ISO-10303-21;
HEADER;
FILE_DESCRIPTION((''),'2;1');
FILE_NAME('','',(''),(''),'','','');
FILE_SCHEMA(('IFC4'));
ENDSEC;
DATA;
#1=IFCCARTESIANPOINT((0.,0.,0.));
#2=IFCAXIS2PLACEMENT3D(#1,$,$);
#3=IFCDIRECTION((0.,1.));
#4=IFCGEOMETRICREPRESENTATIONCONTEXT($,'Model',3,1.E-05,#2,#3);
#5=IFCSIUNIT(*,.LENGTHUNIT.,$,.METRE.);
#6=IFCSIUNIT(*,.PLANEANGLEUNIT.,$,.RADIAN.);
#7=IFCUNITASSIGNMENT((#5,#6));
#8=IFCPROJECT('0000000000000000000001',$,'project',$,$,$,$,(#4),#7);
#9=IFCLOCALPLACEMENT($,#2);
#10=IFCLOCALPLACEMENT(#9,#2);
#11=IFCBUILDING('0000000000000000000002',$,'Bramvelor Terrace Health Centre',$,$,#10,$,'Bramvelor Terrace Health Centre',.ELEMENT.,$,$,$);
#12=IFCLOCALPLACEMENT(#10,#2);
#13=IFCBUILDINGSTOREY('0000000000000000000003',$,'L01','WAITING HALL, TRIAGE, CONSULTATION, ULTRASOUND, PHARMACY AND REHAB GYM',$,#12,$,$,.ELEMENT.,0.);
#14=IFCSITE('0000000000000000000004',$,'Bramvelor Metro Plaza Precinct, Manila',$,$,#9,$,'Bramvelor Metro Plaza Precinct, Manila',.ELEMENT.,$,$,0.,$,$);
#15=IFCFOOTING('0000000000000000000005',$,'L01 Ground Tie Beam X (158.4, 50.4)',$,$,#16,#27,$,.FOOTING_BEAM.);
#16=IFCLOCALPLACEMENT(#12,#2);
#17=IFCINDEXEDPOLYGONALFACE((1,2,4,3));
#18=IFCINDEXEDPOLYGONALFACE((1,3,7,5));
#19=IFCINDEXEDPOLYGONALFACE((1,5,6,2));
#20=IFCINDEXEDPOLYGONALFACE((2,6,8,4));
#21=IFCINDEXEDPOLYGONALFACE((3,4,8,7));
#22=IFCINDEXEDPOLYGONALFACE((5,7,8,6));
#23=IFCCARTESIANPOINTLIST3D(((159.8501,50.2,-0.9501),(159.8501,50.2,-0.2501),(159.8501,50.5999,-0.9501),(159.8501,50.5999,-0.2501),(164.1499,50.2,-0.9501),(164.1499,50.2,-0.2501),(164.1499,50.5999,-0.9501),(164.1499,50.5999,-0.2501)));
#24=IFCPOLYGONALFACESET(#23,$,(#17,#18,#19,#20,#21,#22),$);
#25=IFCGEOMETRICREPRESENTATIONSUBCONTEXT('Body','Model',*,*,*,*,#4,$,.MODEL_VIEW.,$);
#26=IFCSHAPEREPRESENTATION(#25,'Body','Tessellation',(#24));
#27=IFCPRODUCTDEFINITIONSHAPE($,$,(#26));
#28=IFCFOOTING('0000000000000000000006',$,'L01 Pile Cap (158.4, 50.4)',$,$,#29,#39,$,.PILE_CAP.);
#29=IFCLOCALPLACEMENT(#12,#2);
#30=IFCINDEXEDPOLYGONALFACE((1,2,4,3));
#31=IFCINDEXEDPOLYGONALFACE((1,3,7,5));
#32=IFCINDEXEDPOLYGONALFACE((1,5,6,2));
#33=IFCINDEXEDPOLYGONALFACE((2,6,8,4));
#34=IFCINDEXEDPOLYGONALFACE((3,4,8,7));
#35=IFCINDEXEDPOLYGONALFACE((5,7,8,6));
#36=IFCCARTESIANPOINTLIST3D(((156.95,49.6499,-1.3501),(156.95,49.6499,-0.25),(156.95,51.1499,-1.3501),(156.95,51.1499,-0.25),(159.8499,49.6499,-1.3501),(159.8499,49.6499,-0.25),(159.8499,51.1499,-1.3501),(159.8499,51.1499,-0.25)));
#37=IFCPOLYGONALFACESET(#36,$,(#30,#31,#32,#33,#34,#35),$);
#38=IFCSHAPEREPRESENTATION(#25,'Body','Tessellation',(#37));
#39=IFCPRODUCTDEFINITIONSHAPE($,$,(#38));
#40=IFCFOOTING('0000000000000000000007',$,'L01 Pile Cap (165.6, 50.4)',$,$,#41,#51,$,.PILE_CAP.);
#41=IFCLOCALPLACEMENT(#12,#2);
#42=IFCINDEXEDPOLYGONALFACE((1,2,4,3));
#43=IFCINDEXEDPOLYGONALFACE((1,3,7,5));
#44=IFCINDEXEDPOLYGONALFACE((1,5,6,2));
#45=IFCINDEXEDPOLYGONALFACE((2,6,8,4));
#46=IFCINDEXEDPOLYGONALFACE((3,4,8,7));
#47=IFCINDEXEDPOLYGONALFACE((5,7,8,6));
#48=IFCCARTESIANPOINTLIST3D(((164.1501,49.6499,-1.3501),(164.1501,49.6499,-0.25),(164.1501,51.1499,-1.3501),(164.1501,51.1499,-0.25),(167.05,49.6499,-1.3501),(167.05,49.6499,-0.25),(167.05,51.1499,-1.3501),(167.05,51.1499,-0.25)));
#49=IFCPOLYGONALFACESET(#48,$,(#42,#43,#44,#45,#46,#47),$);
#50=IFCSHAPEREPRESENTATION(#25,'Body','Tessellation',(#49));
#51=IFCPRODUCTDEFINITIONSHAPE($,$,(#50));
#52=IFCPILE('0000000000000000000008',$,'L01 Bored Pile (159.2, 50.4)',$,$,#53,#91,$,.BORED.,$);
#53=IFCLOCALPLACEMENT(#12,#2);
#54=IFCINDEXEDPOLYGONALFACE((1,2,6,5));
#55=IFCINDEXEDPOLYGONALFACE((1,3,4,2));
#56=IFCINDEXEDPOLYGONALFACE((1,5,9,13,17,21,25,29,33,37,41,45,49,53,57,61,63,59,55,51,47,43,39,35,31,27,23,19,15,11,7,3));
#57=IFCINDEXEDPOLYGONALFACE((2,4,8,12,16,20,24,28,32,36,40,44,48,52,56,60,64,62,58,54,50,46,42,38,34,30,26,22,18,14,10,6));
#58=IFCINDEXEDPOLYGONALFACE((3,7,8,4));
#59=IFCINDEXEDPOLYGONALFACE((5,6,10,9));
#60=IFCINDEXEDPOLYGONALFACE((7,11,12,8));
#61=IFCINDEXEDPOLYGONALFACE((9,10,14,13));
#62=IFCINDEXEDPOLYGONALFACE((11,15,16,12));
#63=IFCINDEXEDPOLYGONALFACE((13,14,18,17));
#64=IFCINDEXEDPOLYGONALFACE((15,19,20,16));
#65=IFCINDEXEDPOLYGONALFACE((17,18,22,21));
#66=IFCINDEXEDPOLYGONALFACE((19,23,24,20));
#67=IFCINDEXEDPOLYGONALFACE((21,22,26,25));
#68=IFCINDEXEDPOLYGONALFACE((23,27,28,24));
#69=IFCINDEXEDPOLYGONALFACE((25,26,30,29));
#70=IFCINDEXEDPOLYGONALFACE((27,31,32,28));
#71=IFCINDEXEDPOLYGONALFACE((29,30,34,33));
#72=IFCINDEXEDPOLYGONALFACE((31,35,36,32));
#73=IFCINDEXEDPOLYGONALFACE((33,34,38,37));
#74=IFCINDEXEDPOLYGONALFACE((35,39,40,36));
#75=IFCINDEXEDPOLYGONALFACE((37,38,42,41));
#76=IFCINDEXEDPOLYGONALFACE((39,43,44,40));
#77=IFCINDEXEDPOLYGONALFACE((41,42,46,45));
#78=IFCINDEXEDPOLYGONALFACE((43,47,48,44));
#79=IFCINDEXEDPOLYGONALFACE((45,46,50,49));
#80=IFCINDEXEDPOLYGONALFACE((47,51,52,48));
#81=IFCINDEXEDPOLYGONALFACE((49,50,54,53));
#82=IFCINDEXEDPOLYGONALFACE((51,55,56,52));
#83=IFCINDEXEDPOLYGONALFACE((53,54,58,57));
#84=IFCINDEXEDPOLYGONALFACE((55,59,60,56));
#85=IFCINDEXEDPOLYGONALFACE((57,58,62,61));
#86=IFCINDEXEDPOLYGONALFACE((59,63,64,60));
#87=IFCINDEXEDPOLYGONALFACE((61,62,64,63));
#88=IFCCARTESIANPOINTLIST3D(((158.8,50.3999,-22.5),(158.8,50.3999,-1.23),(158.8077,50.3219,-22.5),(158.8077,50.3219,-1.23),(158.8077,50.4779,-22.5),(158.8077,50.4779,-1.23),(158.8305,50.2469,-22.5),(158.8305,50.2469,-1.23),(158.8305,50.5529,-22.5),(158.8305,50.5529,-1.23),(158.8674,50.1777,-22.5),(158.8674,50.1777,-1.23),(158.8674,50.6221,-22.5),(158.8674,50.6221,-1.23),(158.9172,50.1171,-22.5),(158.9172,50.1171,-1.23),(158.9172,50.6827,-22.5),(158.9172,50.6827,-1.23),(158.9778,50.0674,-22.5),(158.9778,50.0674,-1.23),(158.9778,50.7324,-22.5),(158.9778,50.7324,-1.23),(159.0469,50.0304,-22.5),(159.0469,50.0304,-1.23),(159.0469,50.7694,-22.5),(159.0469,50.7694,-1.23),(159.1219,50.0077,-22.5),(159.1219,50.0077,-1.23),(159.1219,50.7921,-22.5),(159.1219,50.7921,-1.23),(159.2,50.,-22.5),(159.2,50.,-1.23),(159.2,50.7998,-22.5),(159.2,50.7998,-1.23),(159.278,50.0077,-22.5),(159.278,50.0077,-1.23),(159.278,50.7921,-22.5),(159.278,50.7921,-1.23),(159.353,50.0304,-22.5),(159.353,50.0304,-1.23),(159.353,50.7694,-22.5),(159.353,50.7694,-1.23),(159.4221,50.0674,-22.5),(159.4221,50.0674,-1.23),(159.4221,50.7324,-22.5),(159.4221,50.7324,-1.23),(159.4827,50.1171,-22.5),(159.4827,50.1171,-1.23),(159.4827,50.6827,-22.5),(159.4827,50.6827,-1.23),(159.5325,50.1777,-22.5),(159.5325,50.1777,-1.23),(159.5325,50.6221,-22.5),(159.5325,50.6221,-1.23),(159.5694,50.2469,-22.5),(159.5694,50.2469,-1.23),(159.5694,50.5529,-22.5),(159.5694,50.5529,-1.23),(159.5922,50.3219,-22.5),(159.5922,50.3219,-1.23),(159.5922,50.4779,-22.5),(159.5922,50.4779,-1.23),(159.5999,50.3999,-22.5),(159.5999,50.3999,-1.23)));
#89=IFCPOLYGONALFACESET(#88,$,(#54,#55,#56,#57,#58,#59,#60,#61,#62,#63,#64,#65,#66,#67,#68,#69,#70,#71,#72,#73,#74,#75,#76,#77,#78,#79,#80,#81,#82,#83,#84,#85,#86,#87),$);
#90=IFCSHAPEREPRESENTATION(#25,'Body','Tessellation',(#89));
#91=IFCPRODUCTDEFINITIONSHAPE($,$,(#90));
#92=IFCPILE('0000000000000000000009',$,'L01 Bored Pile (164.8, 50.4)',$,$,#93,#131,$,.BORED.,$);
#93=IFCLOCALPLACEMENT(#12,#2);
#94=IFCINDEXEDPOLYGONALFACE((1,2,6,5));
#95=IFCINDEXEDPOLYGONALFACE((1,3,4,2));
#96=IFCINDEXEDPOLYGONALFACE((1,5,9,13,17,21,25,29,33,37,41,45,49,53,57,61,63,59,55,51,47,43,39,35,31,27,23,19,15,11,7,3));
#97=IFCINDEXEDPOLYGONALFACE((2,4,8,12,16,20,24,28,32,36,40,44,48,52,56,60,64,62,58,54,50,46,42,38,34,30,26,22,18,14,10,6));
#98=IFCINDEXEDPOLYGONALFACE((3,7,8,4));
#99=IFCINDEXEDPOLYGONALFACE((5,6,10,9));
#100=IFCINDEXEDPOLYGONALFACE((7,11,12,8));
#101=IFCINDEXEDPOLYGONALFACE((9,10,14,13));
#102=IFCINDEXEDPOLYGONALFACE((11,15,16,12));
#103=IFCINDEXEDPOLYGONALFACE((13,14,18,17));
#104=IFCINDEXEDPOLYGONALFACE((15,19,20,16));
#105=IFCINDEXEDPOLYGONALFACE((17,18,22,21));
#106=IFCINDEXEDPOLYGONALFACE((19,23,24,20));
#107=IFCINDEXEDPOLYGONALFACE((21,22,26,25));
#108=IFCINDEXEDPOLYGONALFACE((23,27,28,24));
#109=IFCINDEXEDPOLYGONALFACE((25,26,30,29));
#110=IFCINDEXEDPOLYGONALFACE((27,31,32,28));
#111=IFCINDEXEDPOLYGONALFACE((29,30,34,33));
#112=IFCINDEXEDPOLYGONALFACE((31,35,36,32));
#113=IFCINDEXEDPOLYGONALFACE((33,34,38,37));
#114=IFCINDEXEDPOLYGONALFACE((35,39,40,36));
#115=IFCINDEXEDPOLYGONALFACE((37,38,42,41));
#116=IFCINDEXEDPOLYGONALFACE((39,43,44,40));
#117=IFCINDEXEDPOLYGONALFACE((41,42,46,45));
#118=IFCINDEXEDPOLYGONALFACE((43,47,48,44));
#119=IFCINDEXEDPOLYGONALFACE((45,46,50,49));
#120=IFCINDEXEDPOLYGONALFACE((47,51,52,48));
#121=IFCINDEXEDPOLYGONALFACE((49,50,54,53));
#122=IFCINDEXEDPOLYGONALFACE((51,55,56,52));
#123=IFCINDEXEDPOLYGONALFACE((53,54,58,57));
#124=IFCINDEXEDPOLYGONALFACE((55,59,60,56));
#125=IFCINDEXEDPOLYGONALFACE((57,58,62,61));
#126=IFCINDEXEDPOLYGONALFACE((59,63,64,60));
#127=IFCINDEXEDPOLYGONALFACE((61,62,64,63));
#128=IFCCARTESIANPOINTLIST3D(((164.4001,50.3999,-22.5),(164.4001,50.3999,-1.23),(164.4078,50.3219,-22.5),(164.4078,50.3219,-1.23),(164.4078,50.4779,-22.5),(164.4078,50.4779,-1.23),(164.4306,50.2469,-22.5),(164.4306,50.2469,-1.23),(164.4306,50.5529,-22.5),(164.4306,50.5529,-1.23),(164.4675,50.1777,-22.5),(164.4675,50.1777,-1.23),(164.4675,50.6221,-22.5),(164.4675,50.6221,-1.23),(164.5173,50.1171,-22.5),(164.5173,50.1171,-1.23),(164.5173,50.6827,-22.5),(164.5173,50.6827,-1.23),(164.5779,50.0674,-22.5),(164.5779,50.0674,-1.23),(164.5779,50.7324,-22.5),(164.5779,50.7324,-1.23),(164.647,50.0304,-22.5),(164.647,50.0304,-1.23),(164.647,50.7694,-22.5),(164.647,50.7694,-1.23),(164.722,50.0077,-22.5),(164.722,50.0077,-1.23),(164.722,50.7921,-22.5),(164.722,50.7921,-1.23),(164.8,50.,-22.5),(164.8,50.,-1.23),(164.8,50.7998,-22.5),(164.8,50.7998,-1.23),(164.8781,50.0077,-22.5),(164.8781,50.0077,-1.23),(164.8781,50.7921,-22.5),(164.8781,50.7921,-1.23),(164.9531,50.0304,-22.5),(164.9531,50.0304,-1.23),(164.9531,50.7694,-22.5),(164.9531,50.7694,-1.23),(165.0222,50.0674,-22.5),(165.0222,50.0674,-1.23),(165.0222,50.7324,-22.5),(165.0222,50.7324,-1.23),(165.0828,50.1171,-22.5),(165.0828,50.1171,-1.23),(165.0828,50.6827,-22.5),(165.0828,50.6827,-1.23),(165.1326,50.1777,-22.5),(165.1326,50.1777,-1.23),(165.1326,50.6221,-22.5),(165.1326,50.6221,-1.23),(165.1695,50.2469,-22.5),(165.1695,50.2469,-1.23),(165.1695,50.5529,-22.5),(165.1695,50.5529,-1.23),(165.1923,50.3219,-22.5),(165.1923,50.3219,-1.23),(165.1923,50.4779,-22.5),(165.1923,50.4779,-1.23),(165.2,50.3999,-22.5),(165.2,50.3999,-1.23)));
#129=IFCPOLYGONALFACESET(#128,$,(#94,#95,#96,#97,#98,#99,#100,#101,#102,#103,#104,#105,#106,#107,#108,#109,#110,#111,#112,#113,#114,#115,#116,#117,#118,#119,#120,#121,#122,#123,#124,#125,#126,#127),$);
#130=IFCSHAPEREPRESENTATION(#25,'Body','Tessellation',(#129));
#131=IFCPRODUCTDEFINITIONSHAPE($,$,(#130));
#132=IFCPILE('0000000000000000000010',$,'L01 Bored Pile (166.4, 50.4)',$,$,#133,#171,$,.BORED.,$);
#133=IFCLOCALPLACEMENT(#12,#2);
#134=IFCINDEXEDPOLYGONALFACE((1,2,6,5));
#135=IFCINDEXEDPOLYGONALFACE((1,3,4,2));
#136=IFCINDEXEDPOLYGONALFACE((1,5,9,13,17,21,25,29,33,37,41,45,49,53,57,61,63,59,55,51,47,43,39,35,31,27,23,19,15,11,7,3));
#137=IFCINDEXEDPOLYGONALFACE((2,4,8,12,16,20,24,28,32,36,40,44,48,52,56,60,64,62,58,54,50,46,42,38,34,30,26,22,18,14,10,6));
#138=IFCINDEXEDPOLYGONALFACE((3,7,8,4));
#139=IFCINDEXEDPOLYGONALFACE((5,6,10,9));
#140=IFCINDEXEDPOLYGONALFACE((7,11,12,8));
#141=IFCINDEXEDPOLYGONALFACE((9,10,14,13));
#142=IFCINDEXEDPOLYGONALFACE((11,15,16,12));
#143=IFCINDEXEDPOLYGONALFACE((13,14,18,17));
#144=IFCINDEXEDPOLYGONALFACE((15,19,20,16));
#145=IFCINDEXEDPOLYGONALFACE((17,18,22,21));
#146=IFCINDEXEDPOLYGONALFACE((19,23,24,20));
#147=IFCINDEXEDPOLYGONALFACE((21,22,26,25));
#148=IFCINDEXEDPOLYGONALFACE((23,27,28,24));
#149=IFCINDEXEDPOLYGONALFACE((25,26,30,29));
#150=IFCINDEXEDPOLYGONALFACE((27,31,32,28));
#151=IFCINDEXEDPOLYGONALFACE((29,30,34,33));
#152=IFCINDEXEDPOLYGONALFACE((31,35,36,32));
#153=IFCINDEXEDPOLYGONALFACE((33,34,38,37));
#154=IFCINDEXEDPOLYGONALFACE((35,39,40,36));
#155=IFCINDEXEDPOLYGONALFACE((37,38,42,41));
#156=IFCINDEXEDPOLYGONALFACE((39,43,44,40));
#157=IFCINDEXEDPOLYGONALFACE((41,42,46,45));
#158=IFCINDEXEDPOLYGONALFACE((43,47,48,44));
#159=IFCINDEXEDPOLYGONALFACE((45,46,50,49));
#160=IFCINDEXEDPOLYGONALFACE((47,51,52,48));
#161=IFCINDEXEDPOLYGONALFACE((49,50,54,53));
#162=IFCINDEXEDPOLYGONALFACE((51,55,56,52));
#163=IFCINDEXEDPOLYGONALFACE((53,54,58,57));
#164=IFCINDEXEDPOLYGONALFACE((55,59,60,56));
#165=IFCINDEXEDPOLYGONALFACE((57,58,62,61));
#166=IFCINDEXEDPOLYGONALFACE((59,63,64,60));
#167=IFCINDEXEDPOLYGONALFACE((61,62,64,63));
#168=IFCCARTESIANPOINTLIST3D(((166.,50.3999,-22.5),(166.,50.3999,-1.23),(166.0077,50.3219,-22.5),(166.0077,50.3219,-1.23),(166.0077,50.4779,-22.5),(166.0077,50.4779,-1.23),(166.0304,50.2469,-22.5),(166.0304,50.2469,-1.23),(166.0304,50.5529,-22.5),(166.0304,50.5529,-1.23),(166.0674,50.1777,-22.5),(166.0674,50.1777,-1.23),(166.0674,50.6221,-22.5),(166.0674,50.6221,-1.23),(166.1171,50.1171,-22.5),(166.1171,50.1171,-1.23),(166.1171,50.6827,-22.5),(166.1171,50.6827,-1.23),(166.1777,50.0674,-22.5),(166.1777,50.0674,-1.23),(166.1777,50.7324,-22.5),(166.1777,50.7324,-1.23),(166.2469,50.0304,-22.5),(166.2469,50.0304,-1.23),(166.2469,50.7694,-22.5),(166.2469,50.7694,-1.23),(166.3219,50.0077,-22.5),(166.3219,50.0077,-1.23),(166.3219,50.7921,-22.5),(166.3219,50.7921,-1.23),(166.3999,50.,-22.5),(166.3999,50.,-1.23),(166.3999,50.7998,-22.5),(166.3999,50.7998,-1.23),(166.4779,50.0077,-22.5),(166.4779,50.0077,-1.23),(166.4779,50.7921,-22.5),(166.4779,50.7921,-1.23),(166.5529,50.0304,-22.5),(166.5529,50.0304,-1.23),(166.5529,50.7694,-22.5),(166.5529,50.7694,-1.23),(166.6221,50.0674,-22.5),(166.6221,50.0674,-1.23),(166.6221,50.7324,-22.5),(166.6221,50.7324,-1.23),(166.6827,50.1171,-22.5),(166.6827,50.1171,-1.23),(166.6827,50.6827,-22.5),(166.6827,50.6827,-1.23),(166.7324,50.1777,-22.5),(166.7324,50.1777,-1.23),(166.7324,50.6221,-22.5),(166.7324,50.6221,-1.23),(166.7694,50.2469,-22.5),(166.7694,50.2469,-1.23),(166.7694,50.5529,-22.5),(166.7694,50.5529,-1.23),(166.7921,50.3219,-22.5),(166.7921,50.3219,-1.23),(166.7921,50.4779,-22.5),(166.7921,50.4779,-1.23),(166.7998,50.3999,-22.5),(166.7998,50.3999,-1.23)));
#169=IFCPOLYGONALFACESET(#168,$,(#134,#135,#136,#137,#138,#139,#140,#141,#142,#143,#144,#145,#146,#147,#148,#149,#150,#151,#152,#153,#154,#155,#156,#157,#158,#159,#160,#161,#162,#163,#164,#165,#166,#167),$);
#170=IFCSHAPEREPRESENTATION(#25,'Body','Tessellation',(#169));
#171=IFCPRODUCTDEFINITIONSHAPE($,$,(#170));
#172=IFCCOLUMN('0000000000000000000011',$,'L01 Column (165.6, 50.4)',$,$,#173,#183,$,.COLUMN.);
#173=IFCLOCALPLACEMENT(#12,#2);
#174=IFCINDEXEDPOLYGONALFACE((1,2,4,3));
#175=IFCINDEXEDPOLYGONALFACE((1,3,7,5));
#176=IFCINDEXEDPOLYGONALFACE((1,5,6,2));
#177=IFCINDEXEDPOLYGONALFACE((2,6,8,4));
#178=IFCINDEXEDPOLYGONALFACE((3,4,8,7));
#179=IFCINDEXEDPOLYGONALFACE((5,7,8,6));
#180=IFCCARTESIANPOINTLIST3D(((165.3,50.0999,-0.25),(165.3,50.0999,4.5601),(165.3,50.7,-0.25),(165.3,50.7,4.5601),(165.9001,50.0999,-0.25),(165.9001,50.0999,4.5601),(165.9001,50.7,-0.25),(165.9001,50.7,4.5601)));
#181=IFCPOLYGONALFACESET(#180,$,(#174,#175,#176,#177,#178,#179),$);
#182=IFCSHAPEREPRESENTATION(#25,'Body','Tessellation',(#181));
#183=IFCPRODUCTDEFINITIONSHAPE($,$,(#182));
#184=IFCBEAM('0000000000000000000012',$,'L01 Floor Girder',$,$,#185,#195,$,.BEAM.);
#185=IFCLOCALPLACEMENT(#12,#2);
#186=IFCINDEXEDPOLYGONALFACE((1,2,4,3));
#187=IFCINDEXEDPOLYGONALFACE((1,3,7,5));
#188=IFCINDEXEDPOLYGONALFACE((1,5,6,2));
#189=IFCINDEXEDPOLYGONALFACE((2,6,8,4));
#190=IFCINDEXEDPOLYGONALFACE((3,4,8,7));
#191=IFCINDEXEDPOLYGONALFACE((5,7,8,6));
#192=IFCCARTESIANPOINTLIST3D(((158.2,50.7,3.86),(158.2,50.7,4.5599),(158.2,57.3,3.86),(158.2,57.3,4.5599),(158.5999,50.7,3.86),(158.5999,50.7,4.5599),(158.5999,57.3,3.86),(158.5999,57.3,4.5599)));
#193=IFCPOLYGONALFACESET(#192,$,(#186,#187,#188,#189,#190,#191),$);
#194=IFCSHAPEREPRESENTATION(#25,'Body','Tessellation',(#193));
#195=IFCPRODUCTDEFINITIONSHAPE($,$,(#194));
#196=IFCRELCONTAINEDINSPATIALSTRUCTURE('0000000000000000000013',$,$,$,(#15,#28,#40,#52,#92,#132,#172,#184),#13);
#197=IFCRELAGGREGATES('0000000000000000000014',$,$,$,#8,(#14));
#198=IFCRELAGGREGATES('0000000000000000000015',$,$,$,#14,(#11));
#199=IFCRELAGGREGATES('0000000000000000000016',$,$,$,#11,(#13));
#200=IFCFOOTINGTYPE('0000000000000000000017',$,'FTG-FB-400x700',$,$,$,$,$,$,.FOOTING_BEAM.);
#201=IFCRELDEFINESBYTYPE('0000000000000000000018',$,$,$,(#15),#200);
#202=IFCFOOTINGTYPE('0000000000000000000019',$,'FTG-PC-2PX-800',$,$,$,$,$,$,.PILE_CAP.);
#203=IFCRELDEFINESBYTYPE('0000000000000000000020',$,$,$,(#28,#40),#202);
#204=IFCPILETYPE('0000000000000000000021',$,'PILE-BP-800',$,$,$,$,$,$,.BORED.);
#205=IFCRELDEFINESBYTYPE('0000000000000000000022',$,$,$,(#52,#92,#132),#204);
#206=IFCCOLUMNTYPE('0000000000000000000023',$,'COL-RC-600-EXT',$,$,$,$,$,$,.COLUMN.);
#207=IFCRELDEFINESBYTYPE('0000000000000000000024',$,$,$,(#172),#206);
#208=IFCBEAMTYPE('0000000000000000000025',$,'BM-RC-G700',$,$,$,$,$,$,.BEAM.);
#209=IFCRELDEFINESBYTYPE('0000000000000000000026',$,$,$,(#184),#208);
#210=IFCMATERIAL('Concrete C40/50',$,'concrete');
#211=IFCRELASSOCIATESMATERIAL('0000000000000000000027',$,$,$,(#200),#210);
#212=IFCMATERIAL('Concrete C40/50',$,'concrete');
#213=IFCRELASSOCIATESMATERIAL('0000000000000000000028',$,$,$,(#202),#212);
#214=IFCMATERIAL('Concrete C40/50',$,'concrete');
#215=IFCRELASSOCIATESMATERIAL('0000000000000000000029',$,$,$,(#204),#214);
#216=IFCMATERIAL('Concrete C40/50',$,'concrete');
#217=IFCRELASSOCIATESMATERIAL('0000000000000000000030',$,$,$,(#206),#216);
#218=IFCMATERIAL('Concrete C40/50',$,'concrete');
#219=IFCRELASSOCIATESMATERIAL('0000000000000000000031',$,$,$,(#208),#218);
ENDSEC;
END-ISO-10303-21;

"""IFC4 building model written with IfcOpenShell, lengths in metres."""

from ifc_helpers import new_model, si_unit, direction, frame, origin, origin_2d, place, context, subcontext, project, spatial, rectangle, circle, extrude, material, material_profile, profile_set, type_object, element, save


model = new_model("IFC4")

# Units and contexts
model_context = context("Model", 3, precision=1e-05, world=origin(), true_north=direction((0.0, 1.0)))
body_context = subcontext(model_context, "Body", "Model", "MODEL_VIEW")
ifc_project = project(units=[si_unit("LENGTHUNIT", "METRE"), si_unit("PLANEANGLEUNIT", "RADIAN")], contexts=[model_context])

# Site, building, storey
site_placement = place(None, origin())
site = spatial("IfcSite", under=ifc_project, at=site_placement, Name="Bramvelor Metro Plaza Precinct, Manila", LongName="Bramvelor Metro Plaza Precinct, Manila", CompositionType="ELEMENT", RefElevation=0.0)
building_placement = place(site_placement, origin())
building = spatial("IfcBuilding", under=site, at=building_placement, Name="Bramvelor Terrace Health Centre", LongName="Bramvelor Terrace Health Centre", CompositionType="ELEMENT")
storey_placement = place(building_placement, origin())
storey = spatial("IfcBuildingStorey", under=building, at=storey_placement, Name="L01", Description="WAITING HALL, TRIAGE, CONSULTATION, ULTRASOUND, PHARMACY AND REHAB GYM", CompositionType="ELEMENT", Elevation=0.0)

# Footings
ifc_material_1 = material(Name="Concrete C40/50", Category="concrete")
ifc_material_profile_1 = material_profile(ifc_material_1, rectangle(XDim=0.3999, YDim=0.7, at=origin_2d()), Name="RC 400x700")
ifc_profile_set_1 = profile_set([ifc_material_profile_1], Name="Concrete C40/50")
footing_type_1 = type_object("IfcFootingType", Name="FTG-FB-400x700", PredefinedType="FOOTING_BEAM", material=ifc_profile_set_1)
footing_placement = place(storey_placement, frame((159.8501, 50.3999, -0.6001), z_axis=(1.0, 0.0, 0.0), x_axis=(0.0, 1.0, 0.0)))
element("IfcFooting", 1, at=footing_placement, inside=storey, type_object=footing_type_1, Name="L01 Ground Tie Beam X (158.4, 50.4)", PredefinedType="FOOTING_BEAM", context=body_context, shape_type="SweptSolid", body=[
    extrude(rectangle(XDim=0.3999, YDim=0.7, at=origin_2d()), origin(), (0.0, 0.0, 1.0), 4.2998),
])
ifc_material_2 = material(Name="Concrete C40/50", Category="concrete")
footing_type_2 = type_object("IfcFootingType", Name="FTG-PC-2PX-800", PredefinedType="PILE_CAP", material=ifc_material_2)
for number, where, z_axis, x_axis, name in (
    (2, (158.3999, 50.3999, -1.3501), (0.0, 0.0, 1.0), (1.0, 0.0, 0.0), "L01 Pile Cap (158.4, 50.4)"),
    (3, (165.6001, 50.3999, -1.3501), (0.0, 0.0, 1.0), (1.0, 0.0, 0.0), "L01 Pile Cap (165.6, 50.4)"),
):
    element("IfcFooting", number, at=place(storey_placement, frame(where, z_axis=z_axis, x_axis=x_axis)), inside=storey, type_object=footing_type_2, Name=name, PredefinedType="PILE_CAP", context=body_context, shape_type="SweptSolid", body=[
        extrude(rectangle(XDim=2.8999, YDim=1.5, at=origin_2d()), origin(), (0.0, 0.0, 1.0), 1.1001),
    ])

# Piles
ifc_material_3 = material(Name="Concrete C40/50", Category="concrete")
ifc_material_profile_2 = material_profile(ifc_material_3, circle(Radius=0.3999, at=origin_2d()), Name="BP D800")
ifc_profile_set_2 = profile_set([ifc_material_profile_2], Name="Concrete C40/50")
pile_type = type_object("IfcPileType", Name="PILE-BP-800", PredefinedType="BORED", material=ifc_profile_set_2)
for number, where, z_axis, x_axis, name in (
    (4, (159.2, 50.3999, -1.23), (0.0, 0.0, -1.0), (1.0, 0.0, 0.0), "L01 Bored Pile (159.2, 50.4)"),
    (5, (164.8, 50.3999, -1.23), (0.0, 0.0, -1.0), (1.0, 0.0, 0.0), "L01 Bored Pile (164.8, 50.4)"),
    (6, (166.3999, 50.3999, -1.23), (0.0, 0.0, -1.0), (1.0, 0.0, 0.0), "L01 Bored Pile (166.4, 50.4)"),
):
    element("IfcPile", number, at=place(storey_placement, frame(where, z_axis=z_axis, x_axis=x_axis)), inside=storey, type_object=pile_type, Name=name, PredefinedType="BORED", context=body_context, shape_type="SweptSolid", body=[
        extrude(circle(Radius=0.3999, at=origin_2d()), origin(), (0.0, 0.0, 1.0), 21.27),
    ])

# Column
ifc_material_4 = material(Name="Concrete C40/50", Category="concrete")
ifc_material_profile_3 = material_profile(ifc_material_4, rectangle(XDim=0.6001, YDim=0.6001, at=origin_2d()), Name="RC 600x600")
ifc_profile_set_3 = profile_set([ifc_material_profile_3], Name="Concrete C40/50")
column_type = type_object("IfcColumnType", Name="COL-RC-600-EXT", PredefinedType="COLUMN", material=ifc_profile_set_3)
column_placement = place(storey_placement, frame((165.6001, 50.3999, -0.25), z_axis=(0.0, 0.0, 1.0), x_axis=(1.0, 0.0, 0.0)))
element("IfcColumn", 7, at=column_placement, inside=storey, type_object=column_type, Name="L01 Column (165.6, 50.4)", PredefinedType="COLUMN", context=body_context, shape_type="SweptSolid", body=[
    extrude(rectangle(XDim=0.6001, YDim=0.6001, at=origin_2d()), origin(), (0.0, 0.0, 1.0), 4.8101),
])

# Beam
ifc_material_5 = material(Name="Concrete C40/50", Category="concrete")
ifc_material_profile_4 = material_profile(ifc_material_5, rectangle(XDim=0.3999, YDim=0.7, at=origin_2d()), Name="RC 400x700")
ifc_profile_set_4 = profile_set([ifc_material_profile_4], Name="Concrete C40/50")
beam_type_1 = type_object("IfcBeamType", Name="BM-RC-G700", PredefinedType="BEAM", material=ifc_profile_set_4)
beam_1_placement = place(storey_placement, frame((158.3999, 50.7, 4.21), z_axis=(0.0, 1.0, 0.0), x_axis=(-1.0, 0.0, 0.0)))
element("IfcBeam", 8, at=beam_1_placement, inside=storey, type_object=beam_type_1, Name="L01 Floor Girder", PredefinedType="BEAM", context=body_context, shape_type="SweptSolid", body=[
    extrude(rectangle(XDim=0.3999, YDim=0.7, at=origin_2d()), origin(), (0.0, 0.0, 1.0), 6.6001),
])

save(model, "model.ifc")
